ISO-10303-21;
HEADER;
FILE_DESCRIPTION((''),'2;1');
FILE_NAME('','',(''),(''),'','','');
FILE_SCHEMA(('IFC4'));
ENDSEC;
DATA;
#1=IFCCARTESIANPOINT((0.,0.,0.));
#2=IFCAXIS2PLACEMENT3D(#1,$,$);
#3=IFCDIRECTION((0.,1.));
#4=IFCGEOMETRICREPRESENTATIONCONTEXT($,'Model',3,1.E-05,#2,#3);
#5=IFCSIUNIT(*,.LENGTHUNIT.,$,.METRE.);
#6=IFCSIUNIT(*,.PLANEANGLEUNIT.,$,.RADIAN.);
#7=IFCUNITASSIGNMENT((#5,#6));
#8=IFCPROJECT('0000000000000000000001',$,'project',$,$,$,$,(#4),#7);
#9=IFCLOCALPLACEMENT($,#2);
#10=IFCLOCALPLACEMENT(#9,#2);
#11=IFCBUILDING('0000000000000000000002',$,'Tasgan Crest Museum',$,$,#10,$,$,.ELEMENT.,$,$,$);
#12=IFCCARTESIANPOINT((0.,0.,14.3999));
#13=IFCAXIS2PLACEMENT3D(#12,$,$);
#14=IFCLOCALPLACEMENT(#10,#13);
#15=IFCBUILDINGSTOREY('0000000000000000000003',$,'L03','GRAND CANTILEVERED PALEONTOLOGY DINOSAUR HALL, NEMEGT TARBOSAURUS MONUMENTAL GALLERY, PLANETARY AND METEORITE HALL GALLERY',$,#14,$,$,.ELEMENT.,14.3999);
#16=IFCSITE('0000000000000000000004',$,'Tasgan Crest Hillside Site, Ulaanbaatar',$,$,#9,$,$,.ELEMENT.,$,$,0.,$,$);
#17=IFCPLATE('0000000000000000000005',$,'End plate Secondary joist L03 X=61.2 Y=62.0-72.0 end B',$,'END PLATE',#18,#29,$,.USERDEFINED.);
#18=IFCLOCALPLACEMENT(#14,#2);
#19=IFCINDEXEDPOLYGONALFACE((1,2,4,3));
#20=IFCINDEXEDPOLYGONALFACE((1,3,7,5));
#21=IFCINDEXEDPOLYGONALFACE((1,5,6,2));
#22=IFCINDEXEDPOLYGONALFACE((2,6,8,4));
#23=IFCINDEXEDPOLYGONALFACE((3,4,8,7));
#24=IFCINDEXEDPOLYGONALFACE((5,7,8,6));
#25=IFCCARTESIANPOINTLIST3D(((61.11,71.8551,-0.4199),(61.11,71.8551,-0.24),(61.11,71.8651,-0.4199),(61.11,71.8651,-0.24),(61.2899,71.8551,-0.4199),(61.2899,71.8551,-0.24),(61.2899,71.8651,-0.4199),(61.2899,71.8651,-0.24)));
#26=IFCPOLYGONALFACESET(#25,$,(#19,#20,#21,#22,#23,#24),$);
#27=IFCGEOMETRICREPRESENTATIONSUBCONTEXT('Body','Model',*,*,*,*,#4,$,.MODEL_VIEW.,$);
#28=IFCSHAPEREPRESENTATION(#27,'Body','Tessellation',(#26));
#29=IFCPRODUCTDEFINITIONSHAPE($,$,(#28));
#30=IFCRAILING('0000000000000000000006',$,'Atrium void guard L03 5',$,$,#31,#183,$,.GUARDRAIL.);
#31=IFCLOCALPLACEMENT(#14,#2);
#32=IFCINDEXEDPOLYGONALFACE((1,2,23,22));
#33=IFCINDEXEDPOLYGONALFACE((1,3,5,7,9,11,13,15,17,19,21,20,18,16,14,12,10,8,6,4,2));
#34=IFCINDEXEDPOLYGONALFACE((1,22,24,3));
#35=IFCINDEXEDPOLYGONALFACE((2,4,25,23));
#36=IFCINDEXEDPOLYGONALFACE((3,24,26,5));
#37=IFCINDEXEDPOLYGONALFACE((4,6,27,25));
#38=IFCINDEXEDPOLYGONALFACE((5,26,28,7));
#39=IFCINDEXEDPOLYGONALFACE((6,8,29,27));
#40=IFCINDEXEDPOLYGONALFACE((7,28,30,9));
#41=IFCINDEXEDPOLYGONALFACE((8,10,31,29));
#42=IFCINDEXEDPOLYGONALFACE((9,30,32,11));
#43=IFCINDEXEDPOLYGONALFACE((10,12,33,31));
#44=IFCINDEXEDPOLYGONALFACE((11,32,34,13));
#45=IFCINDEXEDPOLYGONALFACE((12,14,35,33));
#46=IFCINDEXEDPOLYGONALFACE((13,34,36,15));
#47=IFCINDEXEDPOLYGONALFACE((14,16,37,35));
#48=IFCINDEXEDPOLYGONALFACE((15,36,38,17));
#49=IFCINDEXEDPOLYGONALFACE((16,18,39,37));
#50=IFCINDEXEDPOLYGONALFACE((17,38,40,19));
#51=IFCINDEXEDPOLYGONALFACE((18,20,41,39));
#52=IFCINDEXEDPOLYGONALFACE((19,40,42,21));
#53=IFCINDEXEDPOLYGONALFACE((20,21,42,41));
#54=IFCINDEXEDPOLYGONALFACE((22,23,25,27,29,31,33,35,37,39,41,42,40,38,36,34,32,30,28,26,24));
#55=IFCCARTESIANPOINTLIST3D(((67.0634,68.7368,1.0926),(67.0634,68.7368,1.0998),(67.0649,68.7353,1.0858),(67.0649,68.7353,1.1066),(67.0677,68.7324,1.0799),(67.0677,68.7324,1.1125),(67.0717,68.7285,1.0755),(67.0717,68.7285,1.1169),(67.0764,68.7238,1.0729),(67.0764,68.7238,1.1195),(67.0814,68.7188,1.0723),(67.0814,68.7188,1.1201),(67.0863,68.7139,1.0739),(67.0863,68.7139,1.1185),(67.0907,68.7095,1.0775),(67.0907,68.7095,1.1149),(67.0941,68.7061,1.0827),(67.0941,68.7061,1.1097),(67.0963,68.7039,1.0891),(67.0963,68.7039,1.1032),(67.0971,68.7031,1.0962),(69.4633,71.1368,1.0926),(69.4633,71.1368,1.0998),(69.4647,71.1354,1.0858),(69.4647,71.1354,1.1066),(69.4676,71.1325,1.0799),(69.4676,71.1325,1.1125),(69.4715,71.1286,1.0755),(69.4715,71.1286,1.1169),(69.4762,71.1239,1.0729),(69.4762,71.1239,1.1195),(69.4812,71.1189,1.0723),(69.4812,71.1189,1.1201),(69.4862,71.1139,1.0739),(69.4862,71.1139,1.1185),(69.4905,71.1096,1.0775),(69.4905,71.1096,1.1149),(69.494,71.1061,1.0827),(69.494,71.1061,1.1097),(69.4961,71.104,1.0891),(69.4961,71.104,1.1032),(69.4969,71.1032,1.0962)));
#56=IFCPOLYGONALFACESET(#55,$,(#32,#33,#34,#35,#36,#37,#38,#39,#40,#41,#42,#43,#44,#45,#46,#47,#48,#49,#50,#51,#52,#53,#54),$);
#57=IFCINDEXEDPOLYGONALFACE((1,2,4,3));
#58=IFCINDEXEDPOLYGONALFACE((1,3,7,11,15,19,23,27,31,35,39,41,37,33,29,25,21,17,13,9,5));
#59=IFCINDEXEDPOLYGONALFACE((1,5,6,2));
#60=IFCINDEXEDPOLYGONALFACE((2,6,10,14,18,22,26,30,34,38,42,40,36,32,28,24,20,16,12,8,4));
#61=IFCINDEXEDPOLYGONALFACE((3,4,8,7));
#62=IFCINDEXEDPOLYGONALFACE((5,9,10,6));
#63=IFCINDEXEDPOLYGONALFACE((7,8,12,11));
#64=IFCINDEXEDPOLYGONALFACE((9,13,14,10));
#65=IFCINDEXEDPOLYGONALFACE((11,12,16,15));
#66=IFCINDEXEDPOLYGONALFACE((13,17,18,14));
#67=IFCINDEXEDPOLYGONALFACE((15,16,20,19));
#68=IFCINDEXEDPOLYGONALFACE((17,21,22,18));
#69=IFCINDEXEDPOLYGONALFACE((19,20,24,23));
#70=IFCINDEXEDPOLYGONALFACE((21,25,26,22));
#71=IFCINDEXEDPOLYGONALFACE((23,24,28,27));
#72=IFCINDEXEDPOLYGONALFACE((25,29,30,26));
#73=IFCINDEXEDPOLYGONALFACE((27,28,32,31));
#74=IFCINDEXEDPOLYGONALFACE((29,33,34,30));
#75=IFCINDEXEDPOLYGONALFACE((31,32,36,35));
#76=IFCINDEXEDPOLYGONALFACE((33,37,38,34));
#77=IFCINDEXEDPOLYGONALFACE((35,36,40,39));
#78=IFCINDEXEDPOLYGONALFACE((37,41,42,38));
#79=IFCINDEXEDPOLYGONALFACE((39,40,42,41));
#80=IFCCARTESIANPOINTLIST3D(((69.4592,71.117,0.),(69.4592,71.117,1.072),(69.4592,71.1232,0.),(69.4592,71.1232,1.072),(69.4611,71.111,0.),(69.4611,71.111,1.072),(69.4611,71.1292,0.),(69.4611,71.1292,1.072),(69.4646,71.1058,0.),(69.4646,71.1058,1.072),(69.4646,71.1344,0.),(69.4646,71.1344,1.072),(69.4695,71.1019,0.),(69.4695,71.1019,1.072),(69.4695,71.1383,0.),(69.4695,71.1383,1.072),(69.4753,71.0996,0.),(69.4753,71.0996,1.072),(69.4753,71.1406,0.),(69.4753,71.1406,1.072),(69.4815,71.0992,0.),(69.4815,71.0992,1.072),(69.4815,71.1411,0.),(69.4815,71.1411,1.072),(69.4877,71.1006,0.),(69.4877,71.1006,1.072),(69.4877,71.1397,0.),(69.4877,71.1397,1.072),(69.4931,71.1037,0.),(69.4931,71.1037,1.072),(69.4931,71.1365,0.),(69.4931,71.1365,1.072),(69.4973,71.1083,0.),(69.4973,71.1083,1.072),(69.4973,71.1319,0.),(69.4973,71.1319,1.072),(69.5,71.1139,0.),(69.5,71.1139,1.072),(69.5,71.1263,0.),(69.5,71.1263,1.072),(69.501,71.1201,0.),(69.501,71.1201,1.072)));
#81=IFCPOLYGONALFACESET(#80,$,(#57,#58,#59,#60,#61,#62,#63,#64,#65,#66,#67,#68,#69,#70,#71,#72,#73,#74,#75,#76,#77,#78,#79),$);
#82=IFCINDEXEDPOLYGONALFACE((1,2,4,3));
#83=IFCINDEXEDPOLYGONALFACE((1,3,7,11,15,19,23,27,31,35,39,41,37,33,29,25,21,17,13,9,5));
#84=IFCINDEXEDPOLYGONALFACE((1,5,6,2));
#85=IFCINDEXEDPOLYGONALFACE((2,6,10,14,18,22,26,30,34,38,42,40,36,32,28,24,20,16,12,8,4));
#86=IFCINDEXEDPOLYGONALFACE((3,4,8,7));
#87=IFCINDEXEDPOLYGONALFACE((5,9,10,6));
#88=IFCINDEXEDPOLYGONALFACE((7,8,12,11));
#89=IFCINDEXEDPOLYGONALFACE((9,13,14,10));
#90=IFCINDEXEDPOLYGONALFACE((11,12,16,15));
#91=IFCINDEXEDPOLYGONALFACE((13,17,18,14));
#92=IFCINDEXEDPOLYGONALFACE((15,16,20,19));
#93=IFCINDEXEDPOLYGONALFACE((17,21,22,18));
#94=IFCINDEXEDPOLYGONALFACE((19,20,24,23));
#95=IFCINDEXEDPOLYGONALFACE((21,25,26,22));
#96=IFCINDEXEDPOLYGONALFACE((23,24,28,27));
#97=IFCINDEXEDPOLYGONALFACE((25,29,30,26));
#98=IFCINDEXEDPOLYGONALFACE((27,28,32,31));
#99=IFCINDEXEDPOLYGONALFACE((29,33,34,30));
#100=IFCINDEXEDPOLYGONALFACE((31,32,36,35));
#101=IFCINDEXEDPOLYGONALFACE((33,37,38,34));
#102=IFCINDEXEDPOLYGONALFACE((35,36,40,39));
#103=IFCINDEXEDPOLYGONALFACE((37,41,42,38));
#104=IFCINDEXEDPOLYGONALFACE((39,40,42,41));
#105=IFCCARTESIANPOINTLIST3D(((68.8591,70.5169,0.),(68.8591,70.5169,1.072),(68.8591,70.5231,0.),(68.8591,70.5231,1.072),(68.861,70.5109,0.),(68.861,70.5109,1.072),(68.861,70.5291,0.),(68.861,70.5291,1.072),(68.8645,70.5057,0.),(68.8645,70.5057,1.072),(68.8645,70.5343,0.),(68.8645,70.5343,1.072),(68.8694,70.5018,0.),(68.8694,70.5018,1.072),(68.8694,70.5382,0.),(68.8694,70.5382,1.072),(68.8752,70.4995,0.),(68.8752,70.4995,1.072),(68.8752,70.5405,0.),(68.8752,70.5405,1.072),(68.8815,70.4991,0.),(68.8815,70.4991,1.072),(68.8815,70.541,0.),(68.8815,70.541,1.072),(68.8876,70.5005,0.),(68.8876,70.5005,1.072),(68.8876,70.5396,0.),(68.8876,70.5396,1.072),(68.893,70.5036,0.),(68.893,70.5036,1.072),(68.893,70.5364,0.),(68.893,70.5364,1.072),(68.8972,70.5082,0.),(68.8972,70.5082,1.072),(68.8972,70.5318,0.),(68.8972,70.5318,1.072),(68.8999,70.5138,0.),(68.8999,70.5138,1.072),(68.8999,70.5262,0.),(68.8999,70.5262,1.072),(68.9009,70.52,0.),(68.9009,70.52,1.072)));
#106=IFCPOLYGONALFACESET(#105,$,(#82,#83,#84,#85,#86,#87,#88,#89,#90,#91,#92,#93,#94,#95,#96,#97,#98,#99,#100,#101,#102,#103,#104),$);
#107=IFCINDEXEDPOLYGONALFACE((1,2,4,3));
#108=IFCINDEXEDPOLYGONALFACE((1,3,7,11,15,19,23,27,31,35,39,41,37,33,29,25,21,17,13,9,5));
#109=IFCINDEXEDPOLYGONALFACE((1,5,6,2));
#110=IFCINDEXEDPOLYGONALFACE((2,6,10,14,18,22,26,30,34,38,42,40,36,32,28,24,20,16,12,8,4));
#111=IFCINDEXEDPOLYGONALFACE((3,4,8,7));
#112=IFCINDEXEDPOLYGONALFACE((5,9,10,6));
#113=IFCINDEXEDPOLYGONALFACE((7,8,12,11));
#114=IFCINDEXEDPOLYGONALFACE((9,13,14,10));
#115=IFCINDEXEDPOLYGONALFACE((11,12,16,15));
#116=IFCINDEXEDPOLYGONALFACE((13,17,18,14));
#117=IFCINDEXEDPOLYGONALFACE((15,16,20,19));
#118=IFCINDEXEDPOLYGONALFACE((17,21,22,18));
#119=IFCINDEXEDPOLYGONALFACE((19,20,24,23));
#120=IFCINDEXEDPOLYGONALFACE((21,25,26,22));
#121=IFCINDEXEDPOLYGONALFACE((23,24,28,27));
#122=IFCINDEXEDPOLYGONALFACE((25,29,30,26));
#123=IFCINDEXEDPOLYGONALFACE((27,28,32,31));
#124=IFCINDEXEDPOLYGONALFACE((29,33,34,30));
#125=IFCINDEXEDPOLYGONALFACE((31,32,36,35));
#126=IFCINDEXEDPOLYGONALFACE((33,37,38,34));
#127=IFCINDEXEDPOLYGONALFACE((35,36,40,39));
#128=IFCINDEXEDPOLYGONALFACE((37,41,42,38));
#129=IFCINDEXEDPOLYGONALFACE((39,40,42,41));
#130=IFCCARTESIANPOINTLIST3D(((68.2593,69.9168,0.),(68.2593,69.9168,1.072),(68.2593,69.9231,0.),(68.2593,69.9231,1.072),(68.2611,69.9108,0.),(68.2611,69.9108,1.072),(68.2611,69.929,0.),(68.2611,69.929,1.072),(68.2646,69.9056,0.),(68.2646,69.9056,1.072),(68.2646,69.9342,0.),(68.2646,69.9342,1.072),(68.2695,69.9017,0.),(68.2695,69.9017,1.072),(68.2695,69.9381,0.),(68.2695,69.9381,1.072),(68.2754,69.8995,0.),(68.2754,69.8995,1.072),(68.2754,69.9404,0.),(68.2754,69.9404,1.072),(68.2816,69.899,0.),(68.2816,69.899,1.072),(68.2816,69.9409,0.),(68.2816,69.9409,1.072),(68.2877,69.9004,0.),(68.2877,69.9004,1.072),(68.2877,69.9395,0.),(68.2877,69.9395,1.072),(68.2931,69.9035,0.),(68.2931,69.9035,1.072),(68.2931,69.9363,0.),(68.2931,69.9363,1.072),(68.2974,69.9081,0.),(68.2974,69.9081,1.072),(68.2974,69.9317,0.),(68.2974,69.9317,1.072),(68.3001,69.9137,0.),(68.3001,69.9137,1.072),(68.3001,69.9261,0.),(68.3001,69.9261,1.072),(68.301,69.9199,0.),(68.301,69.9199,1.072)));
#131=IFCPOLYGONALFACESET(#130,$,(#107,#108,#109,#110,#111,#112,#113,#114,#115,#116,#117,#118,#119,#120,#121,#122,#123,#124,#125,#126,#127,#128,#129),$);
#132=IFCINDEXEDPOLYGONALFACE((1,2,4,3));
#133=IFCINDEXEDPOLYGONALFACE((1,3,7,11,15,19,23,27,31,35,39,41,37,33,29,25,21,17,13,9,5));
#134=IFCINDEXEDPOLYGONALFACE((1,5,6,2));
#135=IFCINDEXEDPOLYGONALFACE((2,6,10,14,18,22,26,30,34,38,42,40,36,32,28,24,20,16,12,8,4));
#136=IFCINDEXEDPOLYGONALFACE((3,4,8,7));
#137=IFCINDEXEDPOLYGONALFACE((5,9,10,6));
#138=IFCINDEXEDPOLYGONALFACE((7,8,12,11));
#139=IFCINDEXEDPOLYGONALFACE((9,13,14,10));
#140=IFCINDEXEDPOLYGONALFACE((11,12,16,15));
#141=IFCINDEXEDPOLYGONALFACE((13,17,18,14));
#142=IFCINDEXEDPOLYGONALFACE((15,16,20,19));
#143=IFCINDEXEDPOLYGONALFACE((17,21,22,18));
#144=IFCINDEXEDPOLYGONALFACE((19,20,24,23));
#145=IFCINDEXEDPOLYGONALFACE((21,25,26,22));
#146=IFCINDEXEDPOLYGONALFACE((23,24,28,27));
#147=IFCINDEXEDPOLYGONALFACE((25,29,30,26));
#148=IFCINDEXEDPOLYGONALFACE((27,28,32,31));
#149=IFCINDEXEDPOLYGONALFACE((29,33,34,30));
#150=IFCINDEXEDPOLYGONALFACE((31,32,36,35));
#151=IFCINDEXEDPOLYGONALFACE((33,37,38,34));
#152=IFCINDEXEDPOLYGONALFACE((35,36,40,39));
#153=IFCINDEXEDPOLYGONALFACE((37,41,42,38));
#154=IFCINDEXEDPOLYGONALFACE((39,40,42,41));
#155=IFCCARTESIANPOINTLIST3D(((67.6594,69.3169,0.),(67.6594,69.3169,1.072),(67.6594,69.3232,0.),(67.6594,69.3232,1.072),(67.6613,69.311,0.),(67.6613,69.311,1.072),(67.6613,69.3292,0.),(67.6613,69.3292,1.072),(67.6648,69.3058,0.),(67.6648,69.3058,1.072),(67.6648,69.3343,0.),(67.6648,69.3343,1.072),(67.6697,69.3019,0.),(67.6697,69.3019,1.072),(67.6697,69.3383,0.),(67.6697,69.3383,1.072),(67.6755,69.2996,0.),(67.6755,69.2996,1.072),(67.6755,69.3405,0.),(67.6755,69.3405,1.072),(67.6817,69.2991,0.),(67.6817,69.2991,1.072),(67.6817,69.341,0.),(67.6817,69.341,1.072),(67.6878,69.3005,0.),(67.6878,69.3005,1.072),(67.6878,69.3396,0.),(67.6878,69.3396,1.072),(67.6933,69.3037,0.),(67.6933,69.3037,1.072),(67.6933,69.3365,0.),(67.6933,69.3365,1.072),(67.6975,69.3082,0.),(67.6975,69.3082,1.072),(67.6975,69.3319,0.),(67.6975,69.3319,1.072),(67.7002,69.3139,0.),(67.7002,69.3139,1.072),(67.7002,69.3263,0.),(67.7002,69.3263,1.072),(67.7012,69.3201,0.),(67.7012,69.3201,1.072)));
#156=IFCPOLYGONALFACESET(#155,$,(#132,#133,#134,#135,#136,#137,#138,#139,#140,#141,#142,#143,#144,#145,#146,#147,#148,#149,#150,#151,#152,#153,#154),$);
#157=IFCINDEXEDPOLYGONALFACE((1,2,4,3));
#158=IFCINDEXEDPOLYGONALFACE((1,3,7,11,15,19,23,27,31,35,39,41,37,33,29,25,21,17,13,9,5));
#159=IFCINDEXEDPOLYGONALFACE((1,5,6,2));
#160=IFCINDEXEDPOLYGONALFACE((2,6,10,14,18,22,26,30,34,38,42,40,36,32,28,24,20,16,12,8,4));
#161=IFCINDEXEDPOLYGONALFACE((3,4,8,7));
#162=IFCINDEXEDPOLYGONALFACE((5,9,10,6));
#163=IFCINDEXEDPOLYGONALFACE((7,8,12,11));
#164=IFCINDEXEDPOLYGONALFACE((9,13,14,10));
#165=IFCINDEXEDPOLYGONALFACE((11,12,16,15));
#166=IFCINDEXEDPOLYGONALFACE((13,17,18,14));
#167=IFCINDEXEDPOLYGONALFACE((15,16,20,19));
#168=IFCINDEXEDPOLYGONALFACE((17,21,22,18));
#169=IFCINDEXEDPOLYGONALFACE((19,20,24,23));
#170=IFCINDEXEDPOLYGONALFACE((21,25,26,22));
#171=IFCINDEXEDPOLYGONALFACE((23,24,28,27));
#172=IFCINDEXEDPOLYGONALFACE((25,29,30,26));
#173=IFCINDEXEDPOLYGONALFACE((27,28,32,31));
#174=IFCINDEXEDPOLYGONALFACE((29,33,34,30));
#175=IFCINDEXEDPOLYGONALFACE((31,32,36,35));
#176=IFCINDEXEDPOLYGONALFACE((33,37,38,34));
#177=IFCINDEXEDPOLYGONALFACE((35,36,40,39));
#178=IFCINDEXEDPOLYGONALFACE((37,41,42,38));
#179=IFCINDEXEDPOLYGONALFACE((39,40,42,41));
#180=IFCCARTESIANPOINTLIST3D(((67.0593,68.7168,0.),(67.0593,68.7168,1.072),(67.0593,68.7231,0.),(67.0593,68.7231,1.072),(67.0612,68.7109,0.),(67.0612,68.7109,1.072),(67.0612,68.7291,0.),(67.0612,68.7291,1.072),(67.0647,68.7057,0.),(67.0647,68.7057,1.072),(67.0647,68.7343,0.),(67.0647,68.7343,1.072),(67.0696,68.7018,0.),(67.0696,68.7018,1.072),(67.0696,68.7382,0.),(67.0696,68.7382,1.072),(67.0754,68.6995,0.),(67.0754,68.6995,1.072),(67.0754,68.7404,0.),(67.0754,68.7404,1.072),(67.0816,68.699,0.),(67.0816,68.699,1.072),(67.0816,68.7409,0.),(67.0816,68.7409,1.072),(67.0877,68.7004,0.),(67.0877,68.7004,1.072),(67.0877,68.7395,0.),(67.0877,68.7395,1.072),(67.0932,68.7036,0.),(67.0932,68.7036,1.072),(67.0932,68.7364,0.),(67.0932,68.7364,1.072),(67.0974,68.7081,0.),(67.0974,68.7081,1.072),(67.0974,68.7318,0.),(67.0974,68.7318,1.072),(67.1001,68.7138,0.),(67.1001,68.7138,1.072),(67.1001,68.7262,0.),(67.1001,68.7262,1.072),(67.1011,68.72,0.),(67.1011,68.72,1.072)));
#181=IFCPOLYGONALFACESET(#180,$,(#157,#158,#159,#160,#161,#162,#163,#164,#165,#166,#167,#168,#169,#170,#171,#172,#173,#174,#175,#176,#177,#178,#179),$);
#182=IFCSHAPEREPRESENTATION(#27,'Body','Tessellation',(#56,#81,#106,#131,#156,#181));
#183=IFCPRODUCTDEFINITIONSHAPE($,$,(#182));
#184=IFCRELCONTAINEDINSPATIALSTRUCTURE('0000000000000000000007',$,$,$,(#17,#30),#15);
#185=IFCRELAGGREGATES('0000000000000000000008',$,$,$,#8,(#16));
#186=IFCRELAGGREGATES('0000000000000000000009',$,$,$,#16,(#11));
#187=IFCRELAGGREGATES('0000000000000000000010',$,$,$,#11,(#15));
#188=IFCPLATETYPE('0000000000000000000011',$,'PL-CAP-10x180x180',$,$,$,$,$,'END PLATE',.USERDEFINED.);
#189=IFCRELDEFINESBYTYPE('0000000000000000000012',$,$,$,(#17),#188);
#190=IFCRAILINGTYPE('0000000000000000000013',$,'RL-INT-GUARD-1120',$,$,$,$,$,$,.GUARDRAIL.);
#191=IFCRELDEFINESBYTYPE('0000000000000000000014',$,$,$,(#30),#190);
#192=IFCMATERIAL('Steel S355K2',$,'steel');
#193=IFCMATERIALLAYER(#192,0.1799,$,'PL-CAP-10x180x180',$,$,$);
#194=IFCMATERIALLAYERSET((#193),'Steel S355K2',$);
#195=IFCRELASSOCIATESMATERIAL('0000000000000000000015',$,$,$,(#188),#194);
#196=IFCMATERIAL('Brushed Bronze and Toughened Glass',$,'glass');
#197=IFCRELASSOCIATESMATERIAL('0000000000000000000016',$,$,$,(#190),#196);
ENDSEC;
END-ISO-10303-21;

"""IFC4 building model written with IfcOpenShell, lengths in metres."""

from ifc_helpers import new_model, si_unit, direction, frame, origin, origin_2d, place, context, subcontext, project, spatial, rectangle, circle, extrude, material, layer, layer_set, type_object, element, save


model = new_model("IFC4")

# Units and contexts
model_context = context("Model", 3, precision=1e-05, world=origin(), true_north=direction((0.0, 1.0)))
body_context = subcontext(model_context, "Body", "Model", "MODEL_VIEW")
ifc_project = project(units=[si_unit("LENGTHUNIT", "METRE"), si_unit("PLANEANGLEUNIT", "RADIAN")], contexts=[model_context])

# Site, building, storey
site_placement = place(None, origin())
site = spatial("IfcSite", under=ifc_project, at=site_placement, Name="Tasgan Crest Hillside Site, Ulaanbaatar", CompositionType="ELEMENT", RefElevation=0.0)
building_placement = place(site_placement, origin())
building = spatial("IfcBuilding", under=site, at=building_placement, Name="Tasgan Crest Museum", CompositionType="ELEMENT")
storey_placement = place(building_placement, frame((0.0, 0.0, 14.3999)))
storey = spatial("IfcBuildingStorey", under=building, at=storey_placement, Name="L03", Description="GRAND CANTILEVERED PALEONTOLOGY DINOSAUR HALL, NEMEGT TARBOSAURUS MONUMENTAL GALLERY, PLANETARY AND METEORITE HALL GALLERY", CompositionType="ELEMENT", Elevation=14.3999)

# Plate
ifc_material_1 = material(Name="Steel S355K2", Category="steel")
ifc_layer = layer(ifc_material_1, 0.1799, Name="PL-CAP-10x180x180")
ifc_layer_set = layer_set([ifc_layer], Name="Steel S355K2")
plate_type = type_object("IfcPlateType", Name="PL-CAP-10x180x180", ElementType="END PLATE", PredefinedType="USERDEFINED", material=ifc_layer_set)
for number, where, z_axis, x_axis, name in (
    (1, (61.2, 71.8601, -0.4199), (0.0, 0.0, 1.0), (0.0, 1.0, 0.0), "End plate Secondary joist L03 X=61.2 Y=62.0-72.0 end B"),
):
    element("IfcPlate", number, at=place(storey_placement, frame(where, z_axis=z_axis, x_axis=x_axis)), inside=storey, type_object=plate_type, Name=name, ObjectType="END PLATE", PredefinedType="USERDEFINED", context=body_context, shape_type="SweptSolid", body=[
        extrude(rectangle(XDim=0.01, YDim=0.1799, at=origin_2d()), origin(), (0.0, 0.0, 1.0), 0.1799),
    ])

# Railing
ifc_material_2 = material(Name="Brushed Bronze and Toughened Glass", Category="glass")
railing_type = type_object("IfcRailingType", Name="RL-INT-GUARD-1120", PredefinedType="GUARDRAIL", material=ifc_material_2)
railing_1_placement = place(storey_placement, frame((69.48, 71.1201, 0.0)))
element("IfcRailing", 2, at=railing_1_placement, inside=storey, type_object=railing_type, Name="Atrium void guard L03 5", PredefinedType="GUARDRAIL", context=body_context, shape_type="SweptSolid", body=[
    extrude(circle(Radius=0.0239, at=origin_2d()), frame((0.0, 0.0, 1.0962), z_axis=(-0.707071, -0.707143, 0.0), x_axis=(0.707143, -0.707071, 0.0)), (0.0, 0.0, 1.0), 3.394),
    extrude(circle(Radius=0.021, at=origin_2d()), origin(), (0.0, 0.0, 1.0), 1.072),
    extrude(circle(Radius=0.021, at=origin_2d()), frame((-0.6001, -0.6001, 0.0)), (0.0, 0.0, 1.0), 1.072),
    extrude(circle(Radius=0.021, at=origin_2d()), frame((-1.2, -1.2002, 0.0)), (0.0, 0.0, 1.0), 1.072),
    extrude(circle(Radius=0.021, at=origin_2d()), frame((-1.7998, -1.8, 0.0)), (0.0, 0.0, 1.0), 1.072),
    extrude(circle(Radius=0.021, at=origin_2d()), frame((-2.3999, -2.4001, 0.0)), (0.0, 0.0, 1.0), 1.072),
])

save(model, "model.ifc")
